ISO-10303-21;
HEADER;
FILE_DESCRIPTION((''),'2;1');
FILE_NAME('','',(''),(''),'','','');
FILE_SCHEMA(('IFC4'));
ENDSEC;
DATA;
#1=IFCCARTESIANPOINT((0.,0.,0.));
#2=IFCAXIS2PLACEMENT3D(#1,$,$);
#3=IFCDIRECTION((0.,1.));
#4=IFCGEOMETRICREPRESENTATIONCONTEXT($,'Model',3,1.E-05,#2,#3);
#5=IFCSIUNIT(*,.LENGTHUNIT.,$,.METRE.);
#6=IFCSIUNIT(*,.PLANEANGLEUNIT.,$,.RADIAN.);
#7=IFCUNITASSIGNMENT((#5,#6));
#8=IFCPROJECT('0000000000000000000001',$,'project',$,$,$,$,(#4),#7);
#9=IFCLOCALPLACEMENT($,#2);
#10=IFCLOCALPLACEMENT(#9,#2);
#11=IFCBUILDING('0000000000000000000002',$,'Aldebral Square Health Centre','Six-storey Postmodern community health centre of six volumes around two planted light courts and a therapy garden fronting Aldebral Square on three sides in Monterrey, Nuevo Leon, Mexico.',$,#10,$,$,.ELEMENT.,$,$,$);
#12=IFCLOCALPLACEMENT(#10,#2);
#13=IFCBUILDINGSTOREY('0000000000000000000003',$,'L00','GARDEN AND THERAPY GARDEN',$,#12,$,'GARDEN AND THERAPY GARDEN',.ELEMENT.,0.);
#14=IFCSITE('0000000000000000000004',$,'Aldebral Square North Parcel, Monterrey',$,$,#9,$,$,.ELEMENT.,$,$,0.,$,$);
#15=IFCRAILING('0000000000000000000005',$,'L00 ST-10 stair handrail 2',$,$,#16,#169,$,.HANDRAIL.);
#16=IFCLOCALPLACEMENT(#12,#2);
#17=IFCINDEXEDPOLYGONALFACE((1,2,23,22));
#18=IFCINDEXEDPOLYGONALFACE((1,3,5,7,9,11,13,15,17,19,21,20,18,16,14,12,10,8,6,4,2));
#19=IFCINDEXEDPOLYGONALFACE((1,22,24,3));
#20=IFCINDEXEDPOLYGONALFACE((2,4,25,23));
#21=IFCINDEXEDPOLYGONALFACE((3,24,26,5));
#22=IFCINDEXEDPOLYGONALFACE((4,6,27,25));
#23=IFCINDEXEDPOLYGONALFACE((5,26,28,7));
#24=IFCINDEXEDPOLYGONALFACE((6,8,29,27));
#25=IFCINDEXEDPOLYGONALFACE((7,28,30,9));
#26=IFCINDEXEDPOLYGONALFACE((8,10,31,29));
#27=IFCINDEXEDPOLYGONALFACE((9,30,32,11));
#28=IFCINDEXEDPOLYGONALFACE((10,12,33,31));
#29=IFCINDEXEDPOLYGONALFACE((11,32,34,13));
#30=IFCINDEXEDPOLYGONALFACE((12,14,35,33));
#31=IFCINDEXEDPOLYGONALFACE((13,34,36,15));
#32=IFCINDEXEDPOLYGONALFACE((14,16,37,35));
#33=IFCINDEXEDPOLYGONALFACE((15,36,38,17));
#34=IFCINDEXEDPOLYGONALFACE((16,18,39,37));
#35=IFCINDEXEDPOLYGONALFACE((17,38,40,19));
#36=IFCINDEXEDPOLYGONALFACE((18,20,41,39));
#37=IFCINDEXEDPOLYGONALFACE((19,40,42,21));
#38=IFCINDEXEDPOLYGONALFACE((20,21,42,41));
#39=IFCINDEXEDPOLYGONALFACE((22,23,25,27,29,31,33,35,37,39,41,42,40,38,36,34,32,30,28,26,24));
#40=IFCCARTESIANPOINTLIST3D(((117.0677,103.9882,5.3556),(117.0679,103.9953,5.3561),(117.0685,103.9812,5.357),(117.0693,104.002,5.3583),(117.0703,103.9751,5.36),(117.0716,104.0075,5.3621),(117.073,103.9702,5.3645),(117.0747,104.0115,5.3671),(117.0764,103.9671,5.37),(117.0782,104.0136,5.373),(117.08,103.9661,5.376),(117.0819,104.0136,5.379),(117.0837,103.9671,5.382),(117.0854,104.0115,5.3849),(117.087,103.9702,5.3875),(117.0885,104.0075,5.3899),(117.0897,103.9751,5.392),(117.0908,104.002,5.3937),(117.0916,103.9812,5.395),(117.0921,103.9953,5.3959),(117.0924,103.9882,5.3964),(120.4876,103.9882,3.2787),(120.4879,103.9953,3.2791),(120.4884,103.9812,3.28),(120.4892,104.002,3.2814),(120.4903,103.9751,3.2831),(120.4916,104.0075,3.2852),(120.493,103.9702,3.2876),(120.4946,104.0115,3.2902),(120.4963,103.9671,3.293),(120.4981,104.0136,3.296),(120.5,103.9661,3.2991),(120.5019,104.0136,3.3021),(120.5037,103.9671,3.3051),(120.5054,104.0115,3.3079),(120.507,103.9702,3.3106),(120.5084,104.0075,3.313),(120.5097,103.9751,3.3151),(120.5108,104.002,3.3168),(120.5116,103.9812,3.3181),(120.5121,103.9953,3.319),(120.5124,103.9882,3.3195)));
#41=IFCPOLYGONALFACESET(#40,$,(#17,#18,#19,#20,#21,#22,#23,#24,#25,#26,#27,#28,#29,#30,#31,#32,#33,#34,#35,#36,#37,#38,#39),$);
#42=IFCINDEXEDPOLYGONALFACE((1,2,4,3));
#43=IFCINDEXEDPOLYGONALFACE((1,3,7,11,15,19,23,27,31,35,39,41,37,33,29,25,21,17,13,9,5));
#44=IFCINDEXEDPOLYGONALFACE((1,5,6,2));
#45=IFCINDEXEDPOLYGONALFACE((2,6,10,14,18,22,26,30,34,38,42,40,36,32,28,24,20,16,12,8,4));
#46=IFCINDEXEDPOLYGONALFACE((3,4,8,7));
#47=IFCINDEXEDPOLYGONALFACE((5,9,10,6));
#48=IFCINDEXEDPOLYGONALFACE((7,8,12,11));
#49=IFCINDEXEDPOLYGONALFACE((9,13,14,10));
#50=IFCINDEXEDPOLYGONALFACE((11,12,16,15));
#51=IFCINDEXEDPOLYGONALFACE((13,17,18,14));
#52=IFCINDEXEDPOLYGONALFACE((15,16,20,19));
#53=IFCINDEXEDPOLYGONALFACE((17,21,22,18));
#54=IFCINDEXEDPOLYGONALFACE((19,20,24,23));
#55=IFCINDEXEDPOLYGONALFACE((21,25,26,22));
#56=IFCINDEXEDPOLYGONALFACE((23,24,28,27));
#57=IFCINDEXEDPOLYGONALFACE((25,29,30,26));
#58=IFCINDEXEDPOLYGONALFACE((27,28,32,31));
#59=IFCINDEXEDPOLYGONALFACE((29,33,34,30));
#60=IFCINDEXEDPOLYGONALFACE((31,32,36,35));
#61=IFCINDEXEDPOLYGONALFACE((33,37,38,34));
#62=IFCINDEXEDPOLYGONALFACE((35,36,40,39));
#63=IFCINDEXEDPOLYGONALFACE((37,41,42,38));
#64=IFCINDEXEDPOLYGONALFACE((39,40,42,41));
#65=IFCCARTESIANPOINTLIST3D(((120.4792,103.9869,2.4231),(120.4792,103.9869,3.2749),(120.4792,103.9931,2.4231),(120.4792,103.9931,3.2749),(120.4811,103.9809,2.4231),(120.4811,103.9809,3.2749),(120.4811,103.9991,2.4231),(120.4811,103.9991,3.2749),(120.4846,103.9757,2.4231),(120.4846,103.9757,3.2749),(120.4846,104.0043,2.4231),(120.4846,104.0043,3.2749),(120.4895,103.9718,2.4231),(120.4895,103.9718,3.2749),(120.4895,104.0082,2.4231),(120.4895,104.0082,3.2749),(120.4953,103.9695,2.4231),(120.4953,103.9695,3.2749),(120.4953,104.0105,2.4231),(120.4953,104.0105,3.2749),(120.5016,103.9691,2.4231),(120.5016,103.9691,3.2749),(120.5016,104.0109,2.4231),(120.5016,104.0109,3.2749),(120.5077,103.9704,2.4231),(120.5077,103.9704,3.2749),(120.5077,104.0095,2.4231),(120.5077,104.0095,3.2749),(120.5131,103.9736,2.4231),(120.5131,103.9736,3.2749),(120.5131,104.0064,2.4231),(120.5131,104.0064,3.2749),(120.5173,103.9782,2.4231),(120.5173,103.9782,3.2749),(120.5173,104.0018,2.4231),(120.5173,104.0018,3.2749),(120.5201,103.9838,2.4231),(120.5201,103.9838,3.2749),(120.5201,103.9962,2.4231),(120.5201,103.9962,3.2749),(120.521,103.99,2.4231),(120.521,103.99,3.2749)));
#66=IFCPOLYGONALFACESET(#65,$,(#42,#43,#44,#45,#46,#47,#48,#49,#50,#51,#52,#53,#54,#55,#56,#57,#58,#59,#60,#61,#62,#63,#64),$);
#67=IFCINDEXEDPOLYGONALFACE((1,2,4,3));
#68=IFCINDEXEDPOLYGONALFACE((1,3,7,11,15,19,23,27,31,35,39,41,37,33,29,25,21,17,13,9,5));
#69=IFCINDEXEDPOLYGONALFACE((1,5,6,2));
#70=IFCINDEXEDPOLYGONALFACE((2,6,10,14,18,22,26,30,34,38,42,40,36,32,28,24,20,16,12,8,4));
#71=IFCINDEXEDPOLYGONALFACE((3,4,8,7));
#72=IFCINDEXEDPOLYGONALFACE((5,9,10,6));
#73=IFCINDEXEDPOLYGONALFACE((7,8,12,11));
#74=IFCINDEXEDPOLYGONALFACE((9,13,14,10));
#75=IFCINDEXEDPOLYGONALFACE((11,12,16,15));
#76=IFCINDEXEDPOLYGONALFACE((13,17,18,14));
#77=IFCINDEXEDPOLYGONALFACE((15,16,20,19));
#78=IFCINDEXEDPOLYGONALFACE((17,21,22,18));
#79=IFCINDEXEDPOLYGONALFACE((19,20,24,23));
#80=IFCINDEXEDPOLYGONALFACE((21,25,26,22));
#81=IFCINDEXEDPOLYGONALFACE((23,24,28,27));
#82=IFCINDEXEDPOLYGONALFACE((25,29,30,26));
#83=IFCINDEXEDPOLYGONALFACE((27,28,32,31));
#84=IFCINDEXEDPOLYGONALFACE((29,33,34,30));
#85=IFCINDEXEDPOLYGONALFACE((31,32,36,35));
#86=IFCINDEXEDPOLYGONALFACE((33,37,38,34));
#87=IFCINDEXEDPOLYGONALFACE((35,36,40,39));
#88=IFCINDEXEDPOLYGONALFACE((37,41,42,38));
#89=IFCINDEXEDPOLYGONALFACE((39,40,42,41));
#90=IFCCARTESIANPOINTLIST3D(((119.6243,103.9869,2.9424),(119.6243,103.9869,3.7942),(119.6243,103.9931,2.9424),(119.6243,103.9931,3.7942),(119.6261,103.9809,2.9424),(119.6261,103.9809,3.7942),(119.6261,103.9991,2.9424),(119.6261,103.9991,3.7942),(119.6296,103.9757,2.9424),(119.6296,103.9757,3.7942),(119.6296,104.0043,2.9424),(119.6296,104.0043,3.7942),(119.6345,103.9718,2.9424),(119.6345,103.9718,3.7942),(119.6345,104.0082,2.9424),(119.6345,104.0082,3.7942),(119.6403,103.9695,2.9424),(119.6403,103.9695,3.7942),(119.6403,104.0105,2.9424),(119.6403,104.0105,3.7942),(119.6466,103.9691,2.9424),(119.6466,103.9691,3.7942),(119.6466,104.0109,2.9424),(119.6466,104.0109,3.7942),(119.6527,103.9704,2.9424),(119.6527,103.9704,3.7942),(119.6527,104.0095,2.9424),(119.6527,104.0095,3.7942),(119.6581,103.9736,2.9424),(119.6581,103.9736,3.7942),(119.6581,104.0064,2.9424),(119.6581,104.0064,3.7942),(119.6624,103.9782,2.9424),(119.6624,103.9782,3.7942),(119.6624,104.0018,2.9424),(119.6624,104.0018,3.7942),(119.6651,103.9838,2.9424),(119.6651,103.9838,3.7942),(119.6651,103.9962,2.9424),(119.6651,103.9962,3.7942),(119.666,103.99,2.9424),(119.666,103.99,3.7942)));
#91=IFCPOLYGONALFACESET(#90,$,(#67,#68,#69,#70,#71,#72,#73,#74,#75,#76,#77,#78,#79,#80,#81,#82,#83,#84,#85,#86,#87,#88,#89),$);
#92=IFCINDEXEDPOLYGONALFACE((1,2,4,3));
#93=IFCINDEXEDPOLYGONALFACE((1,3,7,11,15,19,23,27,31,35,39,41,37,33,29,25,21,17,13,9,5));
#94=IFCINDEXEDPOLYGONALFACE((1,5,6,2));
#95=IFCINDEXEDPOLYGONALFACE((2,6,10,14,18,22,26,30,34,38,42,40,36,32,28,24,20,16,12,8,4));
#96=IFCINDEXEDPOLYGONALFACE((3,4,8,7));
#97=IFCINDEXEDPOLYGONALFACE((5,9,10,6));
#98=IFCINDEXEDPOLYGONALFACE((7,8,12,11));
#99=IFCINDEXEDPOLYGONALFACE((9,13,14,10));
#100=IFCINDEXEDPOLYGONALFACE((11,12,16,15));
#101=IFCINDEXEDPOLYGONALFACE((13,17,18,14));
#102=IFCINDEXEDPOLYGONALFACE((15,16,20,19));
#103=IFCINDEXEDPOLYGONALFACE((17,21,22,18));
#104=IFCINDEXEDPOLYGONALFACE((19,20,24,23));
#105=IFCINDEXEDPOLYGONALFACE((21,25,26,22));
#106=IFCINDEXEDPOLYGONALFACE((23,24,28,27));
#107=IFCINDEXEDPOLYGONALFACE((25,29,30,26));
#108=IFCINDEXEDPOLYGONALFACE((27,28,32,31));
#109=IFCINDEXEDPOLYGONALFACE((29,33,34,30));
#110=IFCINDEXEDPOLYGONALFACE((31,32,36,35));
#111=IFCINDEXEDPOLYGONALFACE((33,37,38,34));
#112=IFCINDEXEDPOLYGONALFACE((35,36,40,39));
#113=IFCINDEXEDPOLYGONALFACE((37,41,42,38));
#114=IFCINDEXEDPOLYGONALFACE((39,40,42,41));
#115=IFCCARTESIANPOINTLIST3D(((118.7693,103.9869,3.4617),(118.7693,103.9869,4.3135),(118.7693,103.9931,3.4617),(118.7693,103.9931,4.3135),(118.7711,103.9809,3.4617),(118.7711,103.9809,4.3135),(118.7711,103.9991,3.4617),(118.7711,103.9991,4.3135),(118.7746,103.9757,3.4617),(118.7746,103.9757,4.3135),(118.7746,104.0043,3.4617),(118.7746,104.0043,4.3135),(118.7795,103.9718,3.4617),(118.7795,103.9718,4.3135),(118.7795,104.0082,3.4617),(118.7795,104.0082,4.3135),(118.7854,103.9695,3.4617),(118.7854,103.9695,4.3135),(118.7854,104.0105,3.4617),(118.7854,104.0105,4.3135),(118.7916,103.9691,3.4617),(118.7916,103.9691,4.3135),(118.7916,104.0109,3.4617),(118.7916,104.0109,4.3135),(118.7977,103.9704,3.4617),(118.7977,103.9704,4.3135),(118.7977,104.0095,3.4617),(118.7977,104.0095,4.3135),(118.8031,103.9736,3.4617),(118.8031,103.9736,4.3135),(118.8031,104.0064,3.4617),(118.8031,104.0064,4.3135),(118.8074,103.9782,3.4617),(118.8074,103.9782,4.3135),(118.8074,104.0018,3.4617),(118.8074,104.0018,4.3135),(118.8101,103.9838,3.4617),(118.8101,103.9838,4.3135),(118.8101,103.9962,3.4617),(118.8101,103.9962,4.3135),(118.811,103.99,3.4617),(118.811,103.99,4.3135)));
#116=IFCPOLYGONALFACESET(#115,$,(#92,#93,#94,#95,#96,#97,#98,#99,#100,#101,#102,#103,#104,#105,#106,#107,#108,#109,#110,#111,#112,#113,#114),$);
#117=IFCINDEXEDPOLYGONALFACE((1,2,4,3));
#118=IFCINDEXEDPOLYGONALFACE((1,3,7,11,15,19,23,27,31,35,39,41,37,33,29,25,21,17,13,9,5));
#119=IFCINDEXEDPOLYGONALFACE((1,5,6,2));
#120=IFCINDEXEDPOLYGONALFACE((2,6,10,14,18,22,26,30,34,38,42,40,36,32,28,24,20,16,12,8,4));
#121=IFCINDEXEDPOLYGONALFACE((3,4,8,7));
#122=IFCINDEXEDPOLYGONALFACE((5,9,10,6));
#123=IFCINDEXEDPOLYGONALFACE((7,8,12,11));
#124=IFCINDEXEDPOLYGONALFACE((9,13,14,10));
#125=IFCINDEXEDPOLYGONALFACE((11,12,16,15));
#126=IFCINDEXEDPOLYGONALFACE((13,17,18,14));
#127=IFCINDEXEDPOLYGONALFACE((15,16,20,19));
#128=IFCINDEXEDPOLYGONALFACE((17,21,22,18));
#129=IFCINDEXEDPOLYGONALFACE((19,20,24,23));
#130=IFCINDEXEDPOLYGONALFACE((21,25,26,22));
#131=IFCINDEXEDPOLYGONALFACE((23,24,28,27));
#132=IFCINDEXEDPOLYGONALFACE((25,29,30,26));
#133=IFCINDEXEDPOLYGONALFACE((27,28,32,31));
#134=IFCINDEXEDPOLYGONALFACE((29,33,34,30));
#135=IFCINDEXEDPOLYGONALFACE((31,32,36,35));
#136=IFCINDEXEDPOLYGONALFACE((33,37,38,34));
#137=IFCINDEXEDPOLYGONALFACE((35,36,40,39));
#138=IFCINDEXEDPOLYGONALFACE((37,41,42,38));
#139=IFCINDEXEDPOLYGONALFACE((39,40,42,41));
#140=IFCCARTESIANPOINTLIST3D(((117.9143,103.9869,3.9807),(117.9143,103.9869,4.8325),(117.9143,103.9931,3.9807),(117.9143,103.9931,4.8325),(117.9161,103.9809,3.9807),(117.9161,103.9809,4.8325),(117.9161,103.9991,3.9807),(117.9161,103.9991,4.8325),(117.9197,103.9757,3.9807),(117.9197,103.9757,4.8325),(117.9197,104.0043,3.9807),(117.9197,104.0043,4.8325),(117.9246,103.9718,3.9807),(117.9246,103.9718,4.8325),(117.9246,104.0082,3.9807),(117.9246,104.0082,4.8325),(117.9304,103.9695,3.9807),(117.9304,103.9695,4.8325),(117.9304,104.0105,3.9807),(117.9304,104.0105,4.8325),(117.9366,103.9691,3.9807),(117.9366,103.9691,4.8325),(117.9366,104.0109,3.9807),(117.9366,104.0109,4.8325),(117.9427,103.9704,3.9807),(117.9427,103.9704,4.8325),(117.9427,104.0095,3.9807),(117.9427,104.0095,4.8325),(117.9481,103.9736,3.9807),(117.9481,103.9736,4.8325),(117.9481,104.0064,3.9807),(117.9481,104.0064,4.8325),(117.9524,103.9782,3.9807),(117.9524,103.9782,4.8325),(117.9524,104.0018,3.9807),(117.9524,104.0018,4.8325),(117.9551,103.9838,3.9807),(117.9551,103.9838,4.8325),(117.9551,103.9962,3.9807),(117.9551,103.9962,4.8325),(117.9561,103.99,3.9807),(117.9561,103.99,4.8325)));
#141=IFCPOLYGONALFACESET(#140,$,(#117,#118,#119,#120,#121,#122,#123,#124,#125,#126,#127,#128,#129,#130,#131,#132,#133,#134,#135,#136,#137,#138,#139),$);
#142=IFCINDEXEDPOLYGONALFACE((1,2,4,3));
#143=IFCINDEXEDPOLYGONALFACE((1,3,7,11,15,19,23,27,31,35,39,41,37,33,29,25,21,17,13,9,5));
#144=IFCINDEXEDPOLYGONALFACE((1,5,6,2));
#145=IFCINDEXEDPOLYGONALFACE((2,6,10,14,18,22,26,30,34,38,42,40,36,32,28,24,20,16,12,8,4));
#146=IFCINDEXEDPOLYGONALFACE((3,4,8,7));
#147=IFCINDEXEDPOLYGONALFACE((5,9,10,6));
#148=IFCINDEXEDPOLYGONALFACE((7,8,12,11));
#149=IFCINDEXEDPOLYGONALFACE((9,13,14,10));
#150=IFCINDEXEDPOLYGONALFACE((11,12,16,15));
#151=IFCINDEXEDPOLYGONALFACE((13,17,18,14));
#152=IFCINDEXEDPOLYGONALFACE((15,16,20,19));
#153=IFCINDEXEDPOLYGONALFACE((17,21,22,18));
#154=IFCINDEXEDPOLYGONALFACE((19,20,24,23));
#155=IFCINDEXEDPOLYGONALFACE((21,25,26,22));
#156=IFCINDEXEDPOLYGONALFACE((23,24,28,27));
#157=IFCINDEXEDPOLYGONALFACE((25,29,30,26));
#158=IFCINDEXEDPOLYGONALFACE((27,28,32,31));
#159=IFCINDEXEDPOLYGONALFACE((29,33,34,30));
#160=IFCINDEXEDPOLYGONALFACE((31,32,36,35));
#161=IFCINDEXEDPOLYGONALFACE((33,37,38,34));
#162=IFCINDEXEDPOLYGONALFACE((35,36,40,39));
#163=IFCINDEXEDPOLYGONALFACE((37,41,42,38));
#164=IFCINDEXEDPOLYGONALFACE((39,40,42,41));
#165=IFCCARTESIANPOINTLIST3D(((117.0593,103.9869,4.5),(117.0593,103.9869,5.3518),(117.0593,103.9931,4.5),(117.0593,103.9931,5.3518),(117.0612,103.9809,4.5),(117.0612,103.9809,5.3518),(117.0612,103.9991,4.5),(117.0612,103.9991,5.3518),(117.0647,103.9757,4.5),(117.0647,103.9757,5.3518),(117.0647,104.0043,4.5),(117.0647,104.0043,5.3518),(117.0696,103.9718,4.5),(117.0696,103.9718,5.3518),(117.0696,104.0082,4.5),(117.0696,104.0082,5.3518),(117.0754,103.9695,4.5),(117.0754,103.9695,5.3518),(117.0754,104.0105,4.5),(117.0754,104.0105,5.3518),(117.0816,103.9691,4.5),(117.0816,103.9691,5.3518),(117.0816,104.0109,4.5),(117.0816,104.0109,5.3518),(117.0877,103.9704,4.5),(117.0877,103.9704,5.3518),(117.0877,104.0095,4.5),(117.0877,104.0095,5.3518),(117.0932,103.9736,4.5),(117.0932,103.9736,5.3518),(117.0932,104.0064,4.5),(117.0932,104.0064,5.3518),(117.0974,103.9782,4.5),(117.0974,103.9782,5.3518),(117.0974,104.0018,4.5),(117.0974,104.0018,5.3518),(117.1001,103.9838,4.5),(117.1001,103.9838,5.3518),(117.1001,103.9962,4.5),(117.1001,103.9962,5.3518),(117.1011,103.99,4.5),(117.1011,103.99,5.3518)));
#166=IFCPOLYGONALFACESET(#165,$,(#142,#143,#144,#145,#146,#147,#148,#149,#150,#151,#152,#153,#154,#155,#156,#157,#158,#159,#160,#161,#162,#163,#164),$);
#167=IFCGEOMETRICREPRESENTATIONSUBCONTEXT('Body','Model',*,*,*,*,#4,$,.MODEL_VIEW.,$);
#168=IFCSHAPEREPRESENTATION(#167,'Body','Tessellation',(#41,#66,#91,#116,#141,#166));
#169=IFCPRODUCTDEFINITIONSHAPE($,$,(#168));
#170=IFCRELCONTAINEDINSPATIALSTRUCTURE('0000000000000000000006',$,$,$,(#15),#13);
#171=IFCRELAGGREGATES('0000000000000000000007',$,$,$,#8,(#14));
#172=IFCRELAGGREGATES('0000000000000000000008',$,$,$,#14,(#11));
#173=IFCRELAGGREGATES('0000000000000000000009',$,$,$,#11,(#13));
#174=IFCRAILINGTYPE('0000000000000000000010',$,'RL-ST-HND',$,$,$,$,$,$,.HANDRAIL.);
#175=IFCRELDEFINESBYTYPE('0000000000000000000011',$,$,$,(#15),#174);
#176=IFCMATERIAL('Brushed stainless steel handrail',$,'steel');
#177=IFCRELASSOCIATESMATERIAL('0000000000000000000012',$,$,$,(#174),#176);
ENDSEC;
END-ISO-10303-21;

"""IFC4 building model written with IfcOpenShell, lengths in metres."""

from ifc_helpers import new_model, si_unit, direction, frame, origin, origin_2d, place, context, subcontext, project, spatial, circle, extrude, material, type_object, element, save


model = new_model("IFC4")

# Units and contexts
model_context = context("Model", 3, precision=1e-05, world=origin(), true_north=direction((0.0, 1.0)))
body_context = subcontext(model_context, "Body", "Model", "MODEL_VIEW")
ifc_project = project(units=[si_unit("LENGTHUNIT", "METRE"), si_unit("PLANEANGLEUNIT", "RADIAN")], contexts=[model_context])

# Site, building, storey
site_placement = place(None, origin())
site = spatial("IfcSite", under=ifc_project, at=site_placement, Name="Aldebral Square North Parcel, Monterrey", CompositionType="ELEMENT", RefElevation=0.0)
building_placement = place(site_placement, origin())
building = spatial("IfcBuilding", under=site, at=building_placement, Name="Aldebral Square Health Centre", Description="Six-storey Postmodern community health centre of six volumes around two planted light courts and a therapy garden fronting Aldebral Square on three sides in Monterrey, Nuevo Leon, Mexico.", CompositionType="ELEMENT")
storey_placement = place(building_placement, origin())
storey = spatial("IfcBuildingStorey", under=building, at=storey_placement, Name="L00", Description="GARDEN AND THERAPY GARDEN", LongName="GARDEN AND THERAPY GARDEN", CompositionType="ELEMENT", Elevation=0.0)

# Railing
ifc_material_1 = material(Name="Brushed stainless steel handrail", Category="steel")
railing_type_1 = type_object("IfcRailingType", Name="RL-ST-HND", PredefinedType="HANDRAIL", material=ifc_material_1)
railing_1_placement = place(storey_placement, frame((120.5, 103.99, 2.4231)))
element("IfcRailing", 1, at=railing_1_placement, inside=storey, type_object=railing_type_1, Name="L00 ST-10 stair handrail 2", PredefinedType="HANDRAIL", context=body_context, shape_type="SweptSolid", body=[
    extrude(circle(Radius=0.0239, at=origin_2d()), frame((0.0, 0.0, 0.876), z_axis=(-0.85473, 0.0, 0.519074), x_axis=(0.0, -1.0, 0.0)), (0.0, 0.0, 1.0), 4.0012),
    extrude(circle(Radius=0.021, at=origin_2d()), origin(), (0.0, 0.0, 1.0), 0.8518),
    extrude(circle(Radius=0.021, at=origin_2d()), frame((-0.855, 0.0, 0.5193)), (0.0, 0.0, 1.0), 0.8518),
    extrude(circle(Radius=0.021, at=origin_2d()), frame((-1.71, 0.0, 1.0386)), (0.0, 0.0, 1.0), 0.8518),
    extrude(circle(Radius=0.021, at=origin_2d()), frame((-2.5649, 0.0, 1.5576)), (0.0, 0.0, 1.0), 0.8518),
    extrude(circle(Radius=0.021, at=origin_2d()), frame((-3.4199, 0.0, 2.0769)), (0.0, 0.0, 1.0), 0.8518),
])

save(model, "model.ifc")
